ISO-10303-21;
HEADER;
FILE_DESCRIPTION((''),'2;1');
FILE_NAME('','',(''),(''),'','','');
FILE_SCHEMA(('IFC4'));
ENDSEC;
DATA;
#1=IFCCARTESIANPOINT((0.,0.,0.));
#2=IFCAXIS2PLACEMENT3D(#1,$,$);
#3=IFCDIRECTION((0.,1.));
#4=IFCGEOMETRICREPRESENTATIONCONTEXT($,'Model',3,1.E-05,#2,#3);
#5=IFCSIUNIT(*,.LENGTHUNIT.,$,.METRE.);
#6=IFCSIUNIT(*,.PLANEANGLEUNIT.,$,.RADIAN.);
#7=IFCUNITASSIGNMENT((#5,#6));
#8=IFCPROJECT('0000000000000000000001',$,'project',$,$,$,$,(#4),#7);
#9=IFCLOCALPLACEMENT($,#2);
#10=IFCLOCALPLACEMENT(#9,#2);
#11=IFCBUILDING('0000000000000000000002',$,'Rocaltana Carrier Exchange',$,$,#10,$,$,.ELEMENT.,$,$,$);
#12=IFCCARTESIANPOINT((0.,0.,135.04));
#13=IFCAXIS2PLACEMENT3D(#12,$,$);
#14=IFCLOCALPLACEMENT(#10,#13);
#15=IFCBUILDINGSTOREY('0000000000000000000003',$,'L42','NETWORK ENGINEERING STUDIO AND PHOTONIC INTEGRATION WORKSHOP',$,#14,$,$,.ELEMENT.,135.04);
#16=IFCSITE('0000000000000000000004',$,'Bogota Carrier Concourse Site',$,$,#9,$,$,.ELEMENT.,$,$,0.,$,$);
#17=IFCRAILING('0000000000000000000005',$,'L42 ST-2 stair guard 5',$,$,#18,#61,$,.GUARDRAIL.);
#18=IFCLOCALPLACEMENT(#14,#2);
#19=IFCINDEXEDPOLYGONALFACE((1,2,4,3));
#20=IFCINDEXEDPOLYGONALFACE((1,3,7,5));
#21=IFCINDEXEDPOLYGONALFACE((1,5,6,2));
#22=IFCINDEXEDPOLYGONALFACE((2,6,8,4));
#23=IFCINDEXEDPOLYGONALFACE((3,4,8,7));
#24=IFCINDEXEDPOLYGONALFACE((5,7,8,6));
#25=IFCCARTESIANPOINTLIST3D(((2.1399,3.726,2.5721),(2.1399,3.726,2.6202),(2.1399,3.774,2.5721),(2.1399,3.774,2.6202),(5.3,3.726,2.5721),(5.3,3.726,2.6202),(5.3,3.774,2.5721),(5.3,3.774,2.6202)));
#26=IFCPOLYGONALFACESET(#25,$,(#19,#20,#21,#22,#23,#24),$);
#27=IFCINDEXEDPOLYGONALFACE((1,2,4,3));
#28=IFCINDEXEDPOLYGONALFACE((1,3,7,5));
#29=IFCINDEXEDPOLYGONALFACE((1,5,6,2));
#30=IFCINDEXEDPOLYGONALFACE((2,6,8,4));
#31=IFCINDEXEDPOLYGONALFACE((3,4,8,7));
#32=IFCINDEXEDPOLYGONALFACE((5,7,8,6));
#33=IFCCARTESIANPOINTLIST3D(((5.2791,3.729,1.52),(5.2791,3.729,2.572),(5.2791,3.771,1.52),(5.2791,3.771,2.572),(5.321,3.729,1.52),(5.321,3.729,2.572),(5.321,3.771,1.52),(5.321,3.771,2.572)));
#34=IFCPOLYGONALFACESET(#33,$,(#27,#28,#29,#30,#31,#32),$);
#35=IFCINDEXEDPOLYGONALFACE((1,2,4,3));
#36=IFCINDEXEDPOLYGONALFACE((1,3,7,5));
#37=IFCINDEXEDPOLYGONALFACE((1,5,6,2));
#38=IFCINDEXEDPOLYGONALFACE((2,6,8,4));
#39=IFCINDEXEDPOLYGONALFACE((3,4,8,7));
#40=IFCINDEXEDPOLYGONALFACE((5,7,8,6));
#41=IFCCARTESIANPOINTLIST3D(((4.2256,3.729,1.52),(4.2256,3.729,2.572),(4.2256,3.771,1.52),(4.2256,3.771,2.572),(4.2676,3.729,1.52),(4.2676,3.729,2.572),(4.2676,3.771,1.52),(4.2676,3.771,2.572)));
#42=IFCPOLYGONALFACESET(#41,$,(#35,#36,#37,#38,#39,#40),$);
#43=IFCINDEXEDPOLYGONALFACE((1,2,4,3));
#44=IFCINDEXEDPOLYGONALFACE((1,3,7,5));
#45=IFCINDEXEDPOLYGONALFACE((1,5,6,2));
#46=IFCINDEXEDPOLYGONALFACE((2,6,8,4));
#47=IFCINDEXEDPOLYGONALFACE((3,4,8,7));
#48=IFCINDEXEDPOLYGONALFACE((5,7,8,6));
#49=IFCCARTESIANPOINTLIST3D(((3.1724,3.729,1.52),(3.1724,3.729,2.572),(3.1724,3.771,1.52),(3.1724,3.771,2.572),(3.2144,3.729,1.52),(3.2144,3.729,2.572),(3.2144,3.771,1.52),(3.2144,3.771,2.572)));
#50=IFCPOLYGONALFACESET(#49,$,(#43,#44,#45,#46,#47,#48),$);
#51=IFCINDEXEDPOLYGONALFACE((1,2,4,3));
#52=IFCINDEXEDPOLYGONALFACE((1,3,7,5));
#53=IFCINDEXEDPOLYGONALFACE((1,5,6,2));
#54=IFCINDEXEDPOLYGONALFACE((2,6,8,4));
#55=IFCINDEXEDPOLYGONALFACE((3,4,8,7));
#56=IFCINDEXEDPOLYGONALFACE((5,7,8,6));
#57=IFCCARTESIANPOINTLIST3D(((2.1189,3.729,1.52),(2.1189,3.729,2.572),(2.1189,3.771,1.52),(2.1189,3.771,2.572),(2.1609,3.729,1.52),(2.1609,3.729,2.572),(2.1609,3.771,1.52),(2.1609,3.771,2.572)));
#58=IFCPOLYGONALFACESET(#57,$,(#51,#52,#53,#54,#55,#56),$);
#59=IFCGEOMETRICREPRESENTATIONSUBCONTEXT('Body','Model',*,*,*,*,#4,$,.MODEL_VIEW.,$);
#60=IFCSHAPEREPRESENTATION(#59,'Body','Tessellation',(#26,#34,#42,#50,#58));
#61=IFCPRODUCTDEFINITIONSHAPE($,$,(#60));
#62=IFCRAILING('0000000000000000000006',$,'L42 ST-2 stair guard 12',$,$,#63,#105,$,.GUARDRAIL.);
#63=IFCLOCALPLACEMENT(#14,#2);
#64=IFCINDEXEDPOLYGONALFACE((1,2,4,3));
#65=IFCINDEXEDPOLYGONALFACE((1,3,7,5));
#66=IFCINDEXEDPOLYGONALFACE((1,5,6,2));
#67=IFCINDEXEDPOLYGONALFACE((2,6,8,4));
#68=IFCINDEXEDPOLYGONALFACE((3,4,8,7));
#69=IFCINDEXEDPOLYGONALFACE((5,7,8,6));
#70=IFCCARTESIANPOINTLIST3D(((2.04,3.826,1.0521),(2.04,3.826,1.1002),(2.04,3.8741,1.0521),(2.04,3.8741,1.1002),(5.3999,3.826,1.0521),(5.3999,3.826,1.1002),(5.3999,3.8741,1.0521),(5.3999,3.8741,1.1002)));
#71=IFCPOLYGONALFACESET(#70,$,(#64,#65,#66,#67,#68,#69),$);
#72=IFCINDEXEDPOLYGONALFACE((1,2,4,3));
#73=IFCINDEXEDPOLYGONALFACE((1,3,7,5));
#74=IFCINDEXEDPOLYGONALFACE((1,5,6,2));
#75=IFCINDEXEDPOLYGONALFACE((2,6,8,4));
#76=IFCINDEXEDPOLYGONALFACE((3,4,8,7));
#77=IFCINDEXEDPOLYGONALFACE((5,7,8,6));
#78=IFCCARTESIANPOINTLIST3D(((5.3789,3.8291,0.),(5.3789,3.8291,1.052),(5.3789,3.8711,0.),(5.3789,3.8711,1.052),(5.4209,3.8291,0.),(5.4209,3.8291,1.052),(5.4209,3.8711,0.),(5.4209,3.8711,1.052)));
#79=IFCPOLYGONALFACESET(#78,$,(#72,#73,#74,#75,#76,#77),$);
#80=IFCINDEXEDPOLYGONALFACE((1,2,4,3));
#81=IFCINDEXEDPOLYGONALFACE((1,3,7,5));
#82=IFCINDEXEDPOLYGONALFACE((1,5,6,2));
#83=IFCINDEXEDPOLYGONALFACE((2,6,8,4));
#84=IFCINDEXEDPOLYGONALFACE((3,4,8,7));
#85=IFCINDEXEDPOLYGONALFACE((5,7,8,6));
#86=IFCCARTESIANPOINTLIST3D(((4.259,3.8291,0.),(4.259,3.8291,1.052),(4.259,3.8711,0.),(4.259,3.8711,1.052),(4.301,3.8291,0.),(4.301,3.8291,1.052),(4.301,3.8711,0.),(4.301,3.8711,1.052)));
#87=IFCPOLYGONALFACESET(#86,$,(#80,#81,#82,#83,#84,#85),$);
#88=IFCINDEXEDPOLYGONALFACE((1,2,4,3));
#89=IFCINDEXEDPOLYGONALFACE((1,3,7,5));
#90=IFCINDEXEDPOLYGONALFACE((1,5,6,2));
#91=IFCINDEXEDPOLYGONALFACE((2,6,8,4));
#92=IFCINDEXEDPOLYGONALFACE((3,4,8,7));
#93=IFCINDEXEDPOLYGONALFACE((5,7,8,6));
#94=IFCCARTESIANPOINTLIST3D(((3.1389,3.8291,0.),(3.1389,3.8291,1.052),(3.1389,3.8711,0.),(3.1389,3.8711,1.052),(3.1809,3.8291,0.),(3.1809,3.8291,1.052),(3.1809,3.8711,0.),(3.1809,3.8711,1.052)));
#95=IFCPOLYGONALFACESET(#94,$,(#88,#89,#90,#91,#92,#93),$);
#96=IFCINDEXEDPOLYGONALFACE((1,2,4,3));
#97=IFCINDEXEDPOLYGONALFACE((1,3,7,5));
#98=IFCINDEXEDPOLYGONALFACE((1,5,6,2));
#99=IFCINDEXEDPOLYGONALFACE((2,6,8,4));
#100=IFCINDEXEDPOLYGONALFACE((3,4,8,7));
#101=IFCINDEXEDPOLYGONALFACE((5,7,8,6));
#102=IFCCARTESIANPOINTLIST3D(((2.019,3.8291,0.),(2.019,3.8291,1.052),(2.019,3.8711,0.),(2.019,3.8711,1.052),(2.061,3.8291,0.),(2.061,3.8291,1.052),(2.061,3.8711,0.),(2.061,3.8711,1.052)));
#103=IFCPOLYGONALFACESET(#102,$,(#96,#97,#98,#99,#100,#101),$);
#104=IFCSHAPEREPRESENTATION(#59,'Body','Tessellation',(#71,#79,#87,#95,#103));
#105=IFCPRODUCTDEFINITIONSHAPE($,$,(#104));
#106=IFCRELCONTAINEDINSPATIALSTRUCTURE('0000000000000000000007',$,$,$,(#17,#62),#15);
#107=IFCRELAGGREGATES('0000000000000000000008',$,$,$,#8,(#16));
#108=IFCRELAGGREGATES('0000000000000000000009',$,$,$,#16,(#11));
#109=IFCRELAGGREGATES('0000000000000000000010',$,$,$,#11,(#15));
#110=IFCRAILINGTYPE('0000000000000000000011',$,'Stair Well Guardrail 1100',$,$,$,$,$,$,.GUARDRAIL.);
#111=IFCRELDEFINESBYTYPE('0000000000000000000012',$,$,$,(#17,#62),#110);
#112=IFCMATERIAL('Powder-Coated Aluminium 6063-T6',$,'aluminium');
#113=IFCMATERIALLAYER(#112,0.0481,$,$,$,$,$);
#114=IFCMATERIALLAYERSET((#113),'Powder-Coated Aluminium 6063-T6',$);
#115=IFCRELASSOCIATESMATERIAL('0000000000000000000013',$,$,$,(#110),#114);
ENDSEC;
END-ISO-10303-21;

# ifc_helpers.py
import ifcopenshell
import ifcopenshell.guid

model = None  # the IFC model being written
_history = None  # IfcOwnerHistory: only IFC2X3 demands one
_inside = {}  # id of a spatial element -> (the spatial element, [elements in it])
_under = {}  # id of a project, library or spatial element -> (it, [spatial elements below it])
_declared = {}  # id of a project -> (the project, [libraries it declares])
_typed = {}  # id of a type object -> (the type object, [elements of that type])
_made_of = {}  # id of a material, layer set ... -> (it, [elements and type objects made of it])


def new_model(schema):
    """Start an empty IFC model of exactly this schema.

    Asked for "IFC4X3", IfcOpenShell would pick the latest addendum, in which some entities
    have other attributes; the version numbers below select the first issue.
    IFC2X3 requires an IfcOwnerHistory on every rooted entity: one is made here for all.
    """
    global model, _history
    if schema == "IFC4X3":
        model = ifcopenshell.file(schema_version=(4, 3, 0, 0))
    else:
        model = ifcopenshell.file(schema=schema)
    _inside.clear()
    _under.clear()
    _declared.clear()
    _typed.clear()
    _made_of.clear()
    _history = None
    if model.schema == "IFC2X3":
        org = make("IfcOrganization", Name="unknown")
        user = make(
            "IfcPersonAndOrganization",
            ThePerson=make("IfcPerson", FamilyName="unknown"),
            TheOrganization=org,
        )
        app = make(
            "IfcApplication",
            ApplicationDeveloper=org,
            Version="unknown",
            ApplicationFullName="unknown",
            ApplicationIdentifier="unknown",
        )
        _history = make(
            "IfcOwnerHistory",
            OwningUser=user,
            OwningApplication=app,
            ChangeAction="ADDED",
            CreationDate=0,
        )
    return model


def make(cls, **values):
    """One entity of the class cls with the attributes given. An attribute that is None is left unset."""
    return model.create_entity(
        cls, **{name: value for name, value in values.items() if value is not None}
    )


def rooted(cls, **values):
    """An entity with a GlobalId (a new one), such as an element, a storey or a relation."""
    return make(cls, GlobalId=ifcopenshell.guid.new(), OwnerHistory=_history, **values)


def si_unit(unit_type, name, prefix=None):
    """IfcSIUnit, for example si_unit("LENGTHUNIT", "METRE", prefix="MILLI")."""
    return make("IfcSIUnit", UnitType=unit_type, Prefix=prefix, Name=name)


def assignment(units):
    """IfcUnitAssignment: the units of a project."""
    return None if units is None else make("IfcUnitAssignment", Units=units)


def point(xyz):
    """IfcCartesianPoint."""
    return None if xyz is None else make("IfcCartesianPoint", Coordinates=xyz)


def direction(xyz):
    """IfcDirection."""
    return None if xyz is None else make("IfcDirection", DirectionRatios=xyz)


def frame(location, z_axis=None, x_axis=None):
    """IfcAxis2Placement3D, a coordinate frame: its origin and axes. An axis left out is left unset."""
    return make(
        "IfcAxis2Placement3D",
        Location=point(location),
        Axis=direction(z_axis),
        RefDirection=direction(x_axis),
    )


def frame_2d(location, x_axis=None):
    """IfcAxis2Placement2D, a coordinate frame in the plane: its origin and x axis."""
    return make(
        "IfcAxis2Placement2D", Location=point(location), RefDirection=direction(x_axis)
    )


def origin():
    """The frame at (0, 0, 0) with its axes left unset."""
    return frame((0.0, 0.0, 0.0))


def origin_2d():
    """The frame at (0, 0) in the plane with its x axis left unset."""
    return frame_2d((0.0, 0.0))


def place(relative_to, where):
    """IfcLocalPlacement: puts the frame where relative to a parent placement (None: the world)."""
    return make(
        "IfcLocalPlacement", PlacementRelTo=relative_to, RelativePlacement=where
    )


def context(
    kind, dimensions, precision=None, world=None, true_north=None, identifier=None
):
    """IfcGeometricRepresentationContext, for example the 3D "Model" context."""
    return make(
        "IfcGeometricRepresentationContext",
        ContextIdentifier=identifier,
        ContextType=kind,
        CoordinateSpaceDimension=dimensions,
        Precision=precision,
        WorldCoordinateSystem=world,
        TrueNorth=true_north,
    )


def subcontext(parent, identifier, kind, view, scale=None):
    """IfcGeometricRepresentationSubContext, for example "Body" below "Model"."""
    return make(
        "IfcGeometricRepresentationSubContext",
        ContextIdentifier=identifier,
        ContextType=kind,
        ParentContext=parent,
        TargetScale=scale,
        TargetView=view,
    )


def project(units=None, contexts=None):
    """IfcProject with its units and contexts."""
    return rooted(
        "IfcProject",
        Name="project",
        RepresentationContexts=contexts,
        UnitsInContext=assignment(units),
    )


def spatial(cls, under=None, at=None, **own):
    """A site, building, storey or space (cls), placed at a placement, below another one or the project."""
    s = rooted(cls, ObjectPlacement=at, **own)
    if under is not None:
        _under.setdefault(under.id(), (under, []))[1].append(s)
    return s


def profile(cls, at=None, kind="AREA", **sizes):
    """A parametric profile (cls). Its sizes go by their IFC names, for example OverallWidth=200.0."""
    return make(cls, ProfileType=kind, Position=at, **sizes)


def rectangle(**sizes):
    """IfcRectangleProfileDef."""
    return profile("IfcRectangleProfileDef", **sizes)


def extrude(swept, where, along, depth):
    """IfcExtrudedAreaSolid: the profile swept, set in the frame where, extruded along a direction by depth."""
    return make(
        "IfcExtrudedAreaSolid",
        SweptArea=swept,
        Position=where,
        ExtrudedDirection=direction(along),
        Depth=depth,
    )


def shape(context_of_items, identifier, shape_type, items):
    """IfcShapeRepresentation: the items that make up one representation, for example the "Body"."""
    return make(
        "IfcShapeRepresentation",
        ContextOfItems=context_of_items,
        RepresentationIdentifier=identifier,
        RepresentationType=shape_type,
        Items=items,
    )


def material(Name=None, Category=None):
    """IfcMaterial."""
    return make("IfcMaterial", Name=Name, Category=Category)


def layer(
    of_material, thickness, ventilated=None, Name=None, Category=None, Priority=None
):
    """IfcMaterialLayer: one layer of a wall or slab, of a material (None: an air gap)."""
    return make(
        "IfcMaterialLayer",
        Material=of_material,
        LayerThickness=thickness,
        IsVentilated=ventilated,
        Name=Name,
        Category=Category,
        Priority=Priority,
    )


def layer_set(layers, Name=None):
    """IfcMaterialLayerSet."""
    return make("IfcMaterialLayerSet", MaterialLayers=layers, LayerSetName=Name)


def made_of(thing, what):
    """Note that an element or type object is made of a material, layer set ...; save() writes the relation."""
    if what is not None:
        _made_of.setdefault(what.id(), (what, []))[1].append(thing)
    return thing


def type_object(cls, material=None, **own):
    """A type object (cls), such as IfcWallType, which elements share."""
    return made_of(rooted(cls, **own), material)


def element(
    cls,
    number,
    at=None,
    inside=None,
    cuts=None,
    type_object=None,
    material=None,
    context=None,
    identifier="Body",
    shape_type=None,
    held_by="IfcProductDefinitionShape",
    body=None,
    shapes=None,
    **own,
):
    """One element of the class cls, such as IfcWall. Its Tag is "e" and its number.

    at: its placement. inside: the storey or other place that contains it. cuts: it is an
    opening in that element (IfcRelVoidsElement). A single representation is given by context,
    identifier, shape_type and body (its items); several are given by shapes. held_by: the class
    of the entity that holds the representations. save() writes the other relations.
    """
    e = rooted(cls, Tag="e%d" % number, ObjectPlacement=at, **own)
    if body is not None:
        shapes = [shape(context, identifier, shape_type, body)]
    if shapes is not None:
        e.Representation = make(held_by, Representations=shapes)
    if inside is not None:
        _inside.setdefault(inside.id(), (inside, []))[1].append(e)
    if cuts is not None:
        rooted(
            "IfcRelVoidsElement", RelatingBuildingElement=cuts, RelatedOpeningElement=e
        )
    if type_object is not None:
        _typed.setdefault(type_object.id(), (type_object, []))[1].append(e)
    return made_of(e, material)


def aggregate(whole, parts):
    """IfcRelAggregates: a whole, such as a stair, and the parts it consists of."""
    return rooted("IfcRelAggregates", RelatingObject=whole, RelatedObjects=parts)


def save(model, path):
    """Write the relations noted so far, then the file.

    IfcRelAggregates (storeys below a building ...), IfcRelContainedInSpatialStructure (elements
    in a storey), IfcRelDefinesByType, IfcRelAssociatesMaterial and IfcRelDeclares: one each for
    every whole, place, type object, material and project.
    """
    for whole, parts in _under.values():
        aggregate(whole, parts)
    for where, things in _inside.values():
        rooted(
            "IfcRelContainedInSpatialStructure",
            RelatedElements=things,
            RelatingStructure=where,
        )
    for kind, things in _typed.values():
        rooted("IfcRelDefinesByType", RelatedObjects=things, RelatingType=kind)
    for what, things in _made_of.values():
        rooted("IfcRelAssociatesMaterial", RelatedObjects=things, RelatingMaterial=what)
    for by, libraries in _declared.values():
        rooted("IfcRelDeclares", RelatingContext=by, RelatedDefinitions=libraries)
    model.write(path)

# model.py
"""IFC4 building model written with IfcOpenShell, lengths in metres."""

from ifc_helpers import new_model, si_unit, direction, frame, origin, origin_2d, place, context, subcontext, project, spatial, rectangle, extrude, material, layer, layer_set, type_object, element, save


model = new_model("IFC4")

# Units and contexts
model_context = context("Model", 3, precision=1e-05, world=origin(), true_north=direction((0.0, 1.0)))
body_context = subcontext(model_context, "Body", "Model", "MODEL_VIEW")
ifc_project = project(units=[si_unit("LENGTHUNIT", "METRE"), si_unit("PLANEANGLEUNIT", "RADIAN")], contexts=[model_context])

# Site, building, storey
site_placement = place(None, origin())
site = spatial("IfcSite", under=ifc_project, at=site_placement, Name="Bogota Carrier Concourse Site", CompositionType="ELEMENT", RefElevation=0.0)
building_placement = place(site_placement, origin())
building = spatial("IfcBuilding", under=site, at=building_placement, Name="Rocaltana Carrier Exchange", CompositionType="ELEMENT")
storey_placement = place(building_placement, frame((0.0, 0.0, 135.04)))
storey = spatial("IfcBuildingStorey", under=building, at=storey_placement, Name="L42", Description="NETWORK ENGINEERING STUDIO AND PHOTONIC INTEGRATION WORKSHOP", CompositionType="ELEMENT", Elevation=135.04)

# Railings
ifc_material_1 = material(Name="Powder-Coated Aluminium 6063-T6", Category="aluminium")
ifc_layer_1 = layer(ifc_material_1, 0.0481)
ifc_layer_set_1 = layer_set([ifc_layer_1], Name="Powder-Coated Aluminium 6063-T6")
railing_type = type_object("IfcRailingType", Name="Stair Well Guardrail 1100", PredefinedType="GUARDRAIL", material=ifc_layer_set_1)
railing_1_placement = place(storey_placement, frame((5.3, 3.75, 1.52)))
element("IfcRailing", 1, at=railing_1_placement, inside=storey, type_object=railing_type, Name="L42 ST-2 stair guard 5", PredefinedType="GUARDRAIL", context=body_context, shape_type="SweptSolid", body=[
    extrude(rectangle(XDim=0.0481, YDim=0.0481, at=origin_2d()), frame((0.0, 0.0, 1.0762), z_axis=(-1.0, 0.0, 0.0), x_axis=(0.0, -1.0, 0.0)), (0.0, 0.0, 1.0), 3.1602),
    extrude(rectangle(XDim=0.042, YDim=0.042, at=origin_2d()), origin(), (0.0, 0.0, 1.0), 1.052),
    extrude(rectangle(XDim=0.042, YDim=0.042, at=origin_2d()), frame((-1.0535, 0.0, 0.0)), (0.0, 0.0, 1.0), 1.052),
    extrude(rectangle(XDim=0.042, YDim=0.042, at=origin_2d()), frame((-2.1067, 0.0, 0.0)), (0.0, 0.0, 1.0), 1.052),
    extrude(rectangle(XDim=0.042, YDim=0.042, at=origin_2d()), frame((-3.1602, 0.0, 0.0)), (0.0, 0.0, 1.0), 1.052),
])
railing_2_placement = place(storey_placement, frame((5.3999, 3.8501, 0.0)))
element("IfcRailing", 2, at=railing_2_placement, inside=storey, type_object=railing_type, Name="L42 ST-2 stair guard 12", PredefinedType="GUARDRAIL", context=body_context, shape_type="SweptSolid", body=[
    extrude(rectangle(XDim=0.0481, YDim=0.0481, at=origin_2d()), frame((0.0, 0.0, 1.0762), z_axis=(-1.0, 0.0, 0.0), x_axis=(0.0, -1.0, 0.0)), (0.0, 0.0, 1.0), 3.3599),
    extrude(rectangle(XDim=0.042, YDim=0.042, at=origin_2d()), origin(), (0.0, 0.0, 1.0), 1.052),
    extrude(rectangle(XDim=0.042, YDim=0.042, at=origin_2d()), frame((-1.1199, 0.0, 0.0)), (0.0, 0.0, 1.0), 1.052),
    extrude(rectangle(XDim=0.042, YDim=0.042, at=origin_2d()), frame((-2.24, 0.0, 0.0)), (0.0, 0.0, 1.0), 1.052),
    extrude(rectangle(XDim=0.042, YDim=0.042, at=origin_2d()), frame((-3.3599, 0.0, 0.0)), (0.0, 0.0, 1.0), 1.052),
])

save(model, "model.ifc")
